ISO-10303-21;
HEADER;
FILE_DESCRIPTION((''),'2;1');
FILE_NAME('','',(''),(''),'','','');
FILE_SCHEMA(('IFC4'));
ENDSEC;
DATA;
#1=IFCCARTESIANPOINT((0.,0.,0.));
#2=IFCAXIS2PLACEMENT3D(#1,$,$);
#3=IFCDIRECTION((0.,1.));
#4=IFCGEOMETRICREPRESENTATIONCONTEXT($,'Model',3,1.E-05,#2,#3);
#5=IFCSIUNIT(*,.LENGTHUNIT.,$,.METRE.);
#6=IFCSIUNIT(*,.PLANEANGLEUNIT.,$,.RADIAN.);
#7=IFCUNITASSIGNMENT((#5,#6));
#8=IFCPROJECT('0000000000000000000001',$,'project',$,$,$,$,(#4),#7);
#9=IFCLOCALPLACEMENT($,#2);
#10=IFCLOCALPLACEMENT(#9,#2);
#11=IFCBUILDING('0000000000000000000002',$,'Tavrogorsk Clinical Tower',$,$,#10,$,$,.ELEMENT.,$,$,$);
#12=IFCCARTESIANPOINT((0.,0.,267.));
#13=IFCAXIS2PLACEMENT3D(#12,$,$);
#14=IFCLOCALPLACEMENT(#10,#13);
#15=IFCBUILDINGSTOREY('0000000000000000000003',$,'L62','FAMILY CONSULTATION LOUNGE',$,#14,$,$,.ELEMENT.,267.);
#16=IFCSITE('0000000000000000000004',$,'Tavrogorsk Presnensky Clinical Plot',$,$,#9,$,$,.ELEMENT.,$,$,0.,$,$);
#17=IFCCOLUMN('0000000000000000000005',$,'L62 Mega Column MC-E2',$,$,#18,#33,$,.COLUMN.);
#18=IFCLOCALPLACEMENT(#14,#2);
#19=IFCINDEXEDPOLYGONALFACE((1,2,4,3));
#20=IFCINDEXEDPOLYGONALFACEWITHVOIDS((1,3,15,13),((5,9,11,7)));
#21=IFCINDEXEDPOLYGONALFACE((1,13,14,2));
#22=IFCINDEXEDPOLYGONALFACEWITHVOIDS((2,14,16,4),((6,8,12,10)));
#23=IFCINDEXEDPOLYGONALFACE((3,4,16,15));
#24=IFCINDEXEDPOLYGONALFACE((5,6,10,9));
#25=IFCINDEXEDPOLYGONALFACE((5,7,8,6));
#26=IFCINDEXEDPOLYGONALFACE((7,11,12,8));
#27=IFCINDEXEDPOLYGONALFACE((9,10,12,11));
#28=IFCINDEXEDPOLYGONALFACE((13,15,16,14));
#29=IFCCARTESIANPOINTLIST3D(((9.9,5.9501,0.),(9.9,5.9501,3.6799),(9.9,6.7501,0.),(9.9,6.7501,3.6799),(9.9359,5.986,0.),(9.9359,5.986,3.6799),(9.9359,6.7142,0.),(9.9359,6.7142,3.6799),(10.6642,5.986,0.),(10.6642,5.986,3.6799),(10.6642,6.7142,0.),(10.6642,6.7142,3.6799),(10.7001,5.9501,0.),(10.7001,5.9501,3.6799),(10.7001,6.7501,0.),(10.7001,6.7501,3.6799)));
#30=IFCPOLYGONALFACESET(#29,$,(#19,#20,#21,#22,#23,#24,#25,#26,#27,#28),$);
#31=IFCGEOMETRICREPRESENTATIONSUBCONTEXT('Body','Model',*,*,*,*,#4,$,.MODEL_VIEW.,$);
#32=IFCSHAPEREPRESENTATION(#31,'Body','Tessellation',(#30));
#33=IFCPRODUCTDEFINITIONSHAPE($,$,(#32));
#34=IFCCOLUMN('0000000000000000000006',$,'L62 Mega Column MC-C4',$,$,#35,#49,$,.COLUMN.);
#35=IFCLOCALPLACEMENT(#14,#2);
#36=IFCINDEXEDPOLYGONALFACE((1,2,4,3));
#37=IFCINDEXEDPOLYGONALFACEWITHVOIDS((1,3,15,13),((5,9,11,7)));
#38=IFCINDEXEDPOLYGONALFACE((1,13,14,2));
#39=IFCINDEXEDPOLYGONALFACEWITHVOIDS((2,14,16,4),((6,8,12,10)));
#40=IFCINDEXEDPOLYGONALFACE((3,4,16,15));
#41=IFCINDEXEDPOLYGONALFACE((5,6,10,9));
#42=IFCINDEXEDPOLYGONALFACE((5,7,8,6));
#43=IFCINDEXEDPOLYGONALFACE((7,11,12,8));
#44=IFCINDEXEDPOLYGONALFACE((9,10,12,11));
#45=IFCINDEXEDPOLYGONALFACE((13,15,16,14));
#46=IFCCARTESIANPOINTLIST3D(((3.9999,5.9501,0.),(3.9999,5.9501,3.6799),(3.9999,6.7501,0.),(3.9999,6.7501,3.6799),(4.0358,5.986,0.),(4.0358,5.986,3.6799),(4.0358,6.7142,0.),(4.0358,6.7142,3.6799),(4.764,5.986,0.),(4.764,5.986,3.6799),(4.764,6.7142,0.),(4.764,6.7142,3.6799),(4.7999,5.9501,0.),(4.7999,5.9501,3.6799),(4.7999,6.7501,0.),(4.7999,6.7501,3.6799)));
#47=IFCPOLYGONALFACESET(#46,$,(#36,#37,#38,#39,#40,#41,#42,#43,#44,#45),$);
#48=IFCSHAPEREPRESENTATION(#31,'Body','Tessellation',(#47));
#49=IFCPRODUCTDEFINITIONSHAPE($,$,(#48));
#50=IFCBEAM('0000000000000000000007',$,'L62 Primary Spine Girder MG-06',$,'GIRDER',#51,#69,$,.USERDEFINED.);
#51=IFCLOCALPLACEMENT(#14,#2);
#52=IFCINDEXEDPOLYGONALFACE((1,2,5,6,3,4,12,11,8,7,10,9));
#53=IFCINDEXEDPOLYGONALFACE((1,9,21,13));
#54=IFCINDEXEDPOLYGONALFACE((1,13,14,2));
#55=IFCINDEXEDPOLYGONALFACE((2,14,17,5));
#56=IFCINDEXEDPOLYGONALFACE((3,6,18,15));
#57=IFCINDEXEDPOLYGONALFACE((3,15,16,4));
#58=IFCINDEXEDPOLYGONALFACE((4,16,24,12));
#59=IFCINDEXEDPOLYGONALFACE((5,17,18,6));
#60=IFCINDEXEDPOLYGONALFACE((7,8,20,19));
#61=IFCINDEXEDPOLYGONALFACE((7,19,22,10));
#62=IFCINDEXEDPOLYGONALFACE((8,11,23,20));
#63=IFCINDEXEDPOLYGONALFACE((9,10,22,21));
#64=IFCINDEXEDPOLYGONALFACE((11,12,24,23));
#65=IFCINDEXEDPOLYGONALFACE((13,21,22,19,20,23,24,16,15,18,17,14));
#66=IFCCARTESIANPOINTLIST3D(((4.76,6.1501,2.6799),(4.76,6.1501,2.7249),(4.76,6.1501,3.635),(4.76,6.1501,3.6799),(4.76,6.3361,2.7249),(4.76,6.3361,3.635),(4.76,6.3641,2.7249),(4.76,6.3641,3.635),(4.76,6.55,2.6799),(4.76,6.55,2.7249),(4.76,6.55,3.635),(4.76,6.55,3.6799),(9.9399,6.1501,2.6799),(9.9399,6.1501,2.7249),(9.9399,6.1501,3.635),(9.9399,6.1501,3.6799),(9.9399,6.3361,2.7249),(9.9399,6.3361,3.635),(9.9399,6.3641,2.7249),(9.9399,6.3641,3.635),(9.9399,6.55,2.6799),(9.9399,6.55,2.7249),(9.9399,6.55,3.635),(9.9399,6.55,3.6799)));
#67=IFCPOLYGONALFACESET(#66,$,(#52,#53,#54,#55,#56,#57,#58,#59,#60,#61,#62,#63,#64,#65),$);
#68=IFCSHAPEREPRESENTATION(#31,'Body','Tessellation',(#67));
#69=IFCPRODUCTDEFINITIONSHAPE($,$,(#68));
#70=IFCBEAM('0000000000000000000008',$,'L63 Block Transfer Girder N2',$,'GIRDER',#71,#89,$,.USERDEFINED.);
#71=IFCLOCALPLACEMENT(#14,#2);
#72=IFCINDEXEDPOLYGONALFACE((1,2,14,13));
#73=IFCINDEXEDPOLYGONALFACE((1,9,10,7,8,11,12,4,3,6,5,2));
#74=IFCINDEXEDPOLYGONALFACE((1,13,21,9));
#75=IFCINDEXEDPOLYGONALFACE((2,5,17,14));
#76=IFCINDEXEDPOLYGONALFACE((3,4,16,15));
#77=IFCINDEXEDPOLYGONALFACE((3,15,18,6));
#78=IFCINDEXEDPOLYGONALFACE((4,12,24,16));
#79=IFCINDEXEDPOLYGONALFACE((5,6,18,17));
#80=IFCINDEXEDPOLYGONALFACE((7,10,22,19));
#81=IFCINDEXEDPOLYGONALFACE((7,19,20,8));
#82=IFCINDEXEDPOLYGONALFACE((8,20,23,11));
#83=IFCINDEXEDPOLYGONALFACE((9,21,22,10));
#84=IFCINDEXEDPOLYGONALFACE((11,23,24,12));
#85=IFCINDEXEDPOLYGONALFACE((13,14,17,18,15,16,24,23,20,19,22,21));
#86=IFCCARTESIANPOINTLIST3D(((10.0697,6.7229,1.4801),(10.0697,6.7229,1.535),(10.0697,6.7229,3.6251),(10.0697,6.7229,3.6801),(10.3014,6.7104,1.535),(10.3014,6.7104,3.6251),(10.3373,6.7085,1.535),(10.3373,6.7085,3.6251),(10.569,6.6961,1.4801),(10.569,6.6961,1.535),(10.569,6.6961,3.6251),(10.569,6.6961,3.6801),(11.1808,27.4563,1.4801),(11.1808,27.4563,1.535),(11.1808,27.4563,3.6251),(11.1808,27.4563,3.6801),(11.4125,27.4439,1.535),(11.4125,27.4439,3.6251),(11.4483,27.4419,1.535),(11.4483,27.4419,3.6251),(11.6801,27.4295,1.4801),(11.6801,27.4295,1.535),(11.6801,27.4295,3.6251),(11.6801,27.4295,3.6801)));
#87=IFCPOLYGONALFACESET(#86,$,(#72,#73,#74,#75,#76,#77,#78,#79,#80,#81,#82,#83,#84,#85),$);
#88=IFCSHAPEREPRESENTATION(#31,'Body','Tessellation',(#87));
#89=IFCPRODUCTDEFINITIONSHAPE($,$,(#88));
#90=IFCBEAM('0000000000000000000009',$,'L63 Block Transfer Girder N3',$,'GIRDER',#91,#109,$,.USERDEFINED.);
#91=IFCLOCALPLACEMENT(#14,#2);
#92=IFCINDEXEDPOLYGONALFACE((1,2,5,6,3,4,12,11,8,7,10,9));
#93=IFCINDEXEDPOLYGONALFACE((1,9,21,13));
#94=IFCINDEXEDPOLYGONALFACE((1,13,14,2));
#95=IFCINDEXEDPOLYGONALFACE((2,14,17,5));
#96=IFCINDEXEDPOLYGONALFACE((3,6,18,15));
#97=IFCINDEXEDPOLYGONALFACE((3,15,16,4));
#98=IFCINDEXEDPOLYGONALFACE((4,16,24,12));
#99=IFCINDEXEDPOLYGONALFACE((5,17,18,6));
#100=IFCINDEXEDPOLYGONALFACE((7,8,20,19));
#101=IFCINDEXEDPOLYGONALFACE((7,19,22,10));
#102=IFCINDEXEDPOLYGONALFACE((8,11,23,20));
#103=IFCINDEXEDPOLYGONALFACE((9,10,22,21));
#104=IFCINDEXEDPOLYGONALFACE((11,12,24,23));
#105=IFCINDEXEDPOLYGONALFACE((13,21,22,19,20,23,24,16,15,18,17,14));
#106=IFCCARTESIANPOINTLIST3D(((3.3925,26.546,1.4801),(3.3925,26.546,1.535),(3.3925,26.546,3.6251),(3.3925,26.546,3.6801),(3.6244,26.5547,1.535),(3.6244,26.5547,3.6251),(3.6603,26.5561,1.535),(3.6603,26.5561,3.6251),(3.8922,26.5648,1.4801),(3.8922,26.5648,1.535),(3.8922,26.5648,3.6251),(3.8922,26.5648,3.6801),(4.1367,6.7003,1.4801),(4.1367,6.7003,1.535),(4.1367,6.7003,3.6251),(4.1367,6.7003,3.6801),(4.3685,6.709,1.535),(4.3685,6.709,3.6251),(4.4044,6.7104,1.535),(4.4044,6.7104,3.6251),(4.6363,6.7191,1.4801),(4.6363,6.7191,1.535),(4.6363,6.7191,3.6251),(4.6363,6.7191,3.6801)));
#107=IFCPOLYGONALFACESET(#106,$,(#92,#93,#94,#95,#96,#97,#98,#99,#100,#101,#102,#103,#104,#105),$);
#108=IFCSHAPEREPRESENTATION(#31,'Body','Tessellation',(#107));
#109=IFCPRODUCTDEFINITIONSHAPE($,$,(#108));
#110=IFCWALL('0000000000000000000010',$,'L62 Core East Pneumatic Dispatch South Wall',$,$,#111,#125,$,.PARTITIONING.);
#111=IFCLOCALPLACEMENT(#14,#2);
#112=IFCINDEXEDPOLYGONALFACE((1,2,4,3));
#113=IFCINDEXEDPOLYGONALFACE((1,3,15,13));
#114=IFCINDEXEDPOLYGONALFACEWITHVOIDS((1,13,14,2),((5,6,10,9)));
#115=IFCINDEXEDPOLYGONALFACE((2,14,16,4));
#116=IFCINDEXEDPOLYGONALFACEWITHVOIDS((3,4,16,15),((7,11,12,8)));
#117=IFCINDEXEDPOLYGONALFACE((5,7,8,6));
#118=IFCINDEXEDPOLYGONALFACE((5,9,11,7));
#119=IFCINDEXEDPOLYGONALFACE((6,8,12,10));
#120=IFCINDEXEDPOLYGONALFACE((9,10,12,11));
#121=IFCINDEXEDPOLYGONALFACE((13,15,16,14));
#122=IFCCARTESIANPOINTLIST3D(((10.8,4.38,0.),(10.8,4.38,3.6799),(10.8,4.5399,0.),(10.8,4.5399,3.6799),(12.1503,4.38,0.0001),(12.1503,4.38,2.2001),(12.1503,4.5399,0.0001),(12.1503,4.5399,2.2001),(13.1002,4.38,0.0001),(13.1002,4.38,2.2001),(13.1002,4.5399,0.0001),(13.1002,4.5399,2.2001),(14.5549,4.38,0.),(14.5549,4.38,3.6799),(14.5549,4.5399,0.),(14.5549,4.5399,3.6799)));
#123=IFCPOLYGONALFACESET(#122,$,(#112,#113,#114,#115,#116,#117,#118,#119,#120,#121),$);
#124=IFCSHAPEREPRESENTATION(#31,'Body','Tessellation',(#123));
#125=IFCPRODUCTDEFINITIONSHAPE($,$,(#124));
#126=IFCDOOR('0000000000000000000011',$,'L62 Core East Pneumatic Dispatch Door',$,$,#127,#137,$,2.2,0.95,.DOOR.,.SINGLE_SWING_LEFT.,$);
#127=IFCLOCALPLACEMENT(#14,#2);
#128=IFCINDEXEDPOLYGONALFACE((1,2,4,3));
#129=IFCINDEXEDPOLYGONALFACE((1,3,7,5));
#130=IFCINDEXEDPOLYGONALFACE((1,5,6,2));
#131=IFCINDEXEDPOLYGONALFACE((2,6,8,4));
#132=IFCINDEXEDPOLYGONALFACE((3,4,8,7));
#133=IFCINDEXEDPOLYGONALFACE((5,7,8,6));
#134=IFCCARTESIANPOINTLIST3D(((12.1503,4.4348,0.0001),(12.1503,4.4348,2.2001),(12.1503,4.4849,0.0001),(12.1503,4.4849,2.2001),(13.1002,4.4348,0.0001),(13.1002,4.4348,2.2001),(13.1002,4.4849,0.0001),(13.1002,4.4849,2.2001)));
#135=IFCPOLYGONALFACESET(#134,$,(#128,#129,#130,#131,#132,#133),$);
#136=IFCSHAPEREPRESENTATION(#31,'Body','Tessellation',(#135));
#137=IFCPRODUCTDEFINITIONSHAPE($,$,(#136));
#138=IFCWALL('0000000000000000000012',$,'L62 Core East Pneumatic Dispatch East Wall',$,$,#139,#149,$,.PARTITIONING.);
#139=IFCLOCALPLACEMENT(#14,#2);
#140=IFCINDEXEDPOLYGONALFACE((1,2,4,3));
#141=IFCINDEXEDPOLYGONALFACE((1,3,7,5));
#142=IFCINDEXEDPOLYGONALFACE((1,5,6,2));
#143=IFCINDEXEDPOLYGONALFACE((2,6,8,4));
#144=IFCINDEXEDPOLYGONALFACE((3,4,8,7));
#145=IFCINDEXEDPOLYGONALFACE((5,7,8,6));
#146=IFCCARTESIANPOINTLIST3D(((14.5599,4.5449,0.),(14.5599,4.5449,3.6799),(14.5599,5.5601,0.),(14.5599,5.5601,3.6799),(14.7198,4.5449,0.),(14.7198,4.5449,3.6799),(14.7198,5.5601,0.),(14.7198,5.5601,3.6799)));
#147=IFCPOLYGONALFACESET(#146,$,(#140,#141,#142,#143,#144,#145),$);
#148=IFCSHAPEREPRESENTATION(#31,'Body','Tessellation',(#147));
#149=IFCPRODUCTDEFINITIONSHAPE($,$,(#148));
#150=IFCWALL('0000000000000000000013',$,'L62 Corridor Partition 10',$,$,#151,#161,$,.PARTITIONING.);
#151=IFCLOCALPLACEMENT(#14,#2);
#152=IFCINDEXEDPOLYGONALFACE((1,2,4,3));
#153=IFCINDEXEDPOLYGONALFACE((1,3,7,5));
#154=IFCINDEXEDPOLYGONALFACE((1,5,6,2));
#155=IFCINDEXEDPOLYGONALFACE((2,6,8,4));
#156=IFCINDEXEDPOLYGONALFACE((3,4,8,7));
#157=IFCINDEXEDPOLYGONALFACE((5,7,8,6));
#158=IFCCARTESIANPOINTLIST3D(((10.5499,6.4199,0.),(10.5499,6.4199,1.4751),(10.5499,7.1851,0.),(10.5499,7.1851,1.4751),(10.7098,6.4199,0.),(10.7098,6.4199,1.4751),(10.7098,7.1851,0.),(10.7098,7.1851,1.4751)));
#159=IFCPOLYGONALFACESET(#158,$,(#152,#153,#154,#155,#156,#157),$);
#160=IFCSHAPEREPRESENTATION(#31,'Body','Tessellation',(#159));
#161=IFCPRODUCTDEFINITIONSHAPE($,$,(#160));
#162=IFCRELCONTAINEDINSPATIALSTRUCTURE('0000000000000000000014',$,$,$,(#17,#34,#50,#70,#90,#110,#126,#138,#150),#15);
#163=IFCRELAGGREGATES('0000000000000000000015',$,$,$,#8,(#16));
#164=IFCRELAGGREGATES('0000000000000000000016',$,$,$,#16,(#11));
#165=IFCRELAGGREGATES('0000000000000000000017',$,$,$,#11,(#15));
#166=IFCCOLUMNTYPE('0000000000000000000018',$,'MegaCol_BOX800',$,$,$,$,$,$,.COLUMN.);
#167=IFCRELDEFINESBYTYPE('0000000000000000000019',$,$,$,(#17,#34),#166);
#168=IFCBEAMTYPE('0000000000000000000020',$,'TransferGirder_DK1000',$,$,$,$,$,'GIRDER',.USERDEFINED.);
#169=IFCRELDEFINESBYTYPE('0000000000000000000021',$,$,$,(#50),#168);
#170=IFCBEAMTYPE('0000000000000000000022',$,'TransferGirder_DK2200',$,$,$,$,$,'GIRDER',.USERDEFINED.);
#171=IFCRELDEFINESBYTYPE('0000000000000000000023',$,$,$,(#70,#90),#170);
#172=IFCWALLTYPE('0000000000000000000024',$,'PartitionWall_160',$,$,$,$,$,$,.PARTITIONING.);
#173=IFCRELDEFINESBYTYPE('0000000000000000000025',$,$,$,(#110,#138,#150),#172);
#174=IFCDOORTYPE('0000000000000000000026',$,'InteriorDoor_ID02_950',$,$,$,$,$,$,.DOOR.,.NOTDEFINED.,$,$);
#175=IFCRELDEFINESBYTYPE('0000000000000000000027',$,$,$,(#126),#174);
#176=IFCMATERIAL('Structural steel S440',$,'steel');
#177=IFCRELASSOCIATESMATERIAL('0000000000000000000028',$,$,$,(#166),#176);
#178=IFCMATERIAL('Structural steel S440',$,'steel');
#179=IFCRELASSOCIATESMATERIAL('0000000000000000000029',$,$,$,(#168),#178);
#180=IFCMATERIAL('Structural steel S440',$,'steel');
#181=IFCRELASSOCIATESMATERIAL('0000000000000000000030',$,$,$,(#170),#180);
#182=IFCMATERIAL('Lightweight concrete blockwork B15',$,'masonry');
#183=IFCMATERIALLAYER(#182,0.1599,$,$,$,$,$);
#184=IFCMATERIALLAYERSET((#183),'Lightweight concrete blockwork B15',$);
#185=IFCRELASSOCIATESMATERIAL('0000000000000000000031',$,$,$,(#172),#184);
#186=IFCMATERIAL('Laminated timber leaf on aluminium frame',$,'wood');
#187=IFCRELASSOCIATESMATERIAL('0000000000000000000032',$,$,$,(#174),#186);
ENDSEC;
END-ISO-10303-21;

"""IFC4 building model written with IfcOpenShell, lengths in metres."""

from ifc_helpers import new_model, si_unit, direction, frame, frame_2d, origin, origin_2d, place, context, subcontext, project, spatial, rectangle, hollow_rectangle, i_section, extrude, material, layer, layer_set, material_profile, profile_set, type_object, element, fill, save


model = new_model("IFC4")

# Units and contexts
model_context = context("Model", 3, precision=1e-05, world=origin(), true_north=direction((0.0, 1.0)))
body_context = subcontext(model_context, "Body", "Model", "MODEL_VIEW")
ifc_project = project(units=[si_unit("LENGTHUNIT", "METRE"), si_unit("PLANEANGLEUNIT", "RADIAN")], contexts=[model_context])

# Site, building, storey
site_placement = place(None, origin())
site = spatial("IfcSite", under=ifc_project, at=site_placement, Name="Tavrogorsk Presnensky Clinical Plot", CompositionType="ELEMENT", RefElevation=0.0)
building_placement = place(site_placement, origin())
building = spatial("IfcBuilding", under=site, at=building_placement, Name="Tavrogorsk Clinical Tower", CompositionType="ELEMENT")
storey_placement = place(building_placement, frame((0.0, 0.0, 267.0)))
storey = spatial("IfcBuildingStorey", under=building, at=storey_placement, Name="L62", Description="FAMILY CONSULTATION LOUNGE", CompositionType="ELEMENT", Elevation=267.0)

# Columns
ifc_material_1 = material(Name="Structural steel S440", Category="steel")
ifc_material_profile_1 = material_profile(ifc_material_1, hollow_rectangle(XDim=0.8, YDim=0.8, WallThickness=0.0359, at=origin_2d()), Name="BOX-800x800x36")
ifc_profile_set_1 = profile_set([ifc_material_profile_1], Name="Structural steel S440")
column_type = type_object("IfcColumnType", Name="MegaCol_BOX800", PredefinedType="COLUMN", material=ifc_profile_set_1)
for number, where, z_axis, x_axis, name in (
    (1, (10.3, 6.3501, 0.0), (0.0, 0.0, 1.0), (1.0, 0.0, 0.0), "L62 Mega Column MC-E2"),
    (2, (4.3999, 6.3501, 0.0), (0.0, 0.0, 1.0), (1.0, 0.0, 0.0), "L62 Mega Column MC-C4"),
):
    element("IfcColumn", number, at=place(storey_placement, frame(where, z_axis=z_axis, x_axis=x_axis)), inside=storey, type_object=column_type, Name=name, PredefinedType="COLUMN", context=body_context, shape_type="SweptSolid", body=[
        extrude(hollow_rectangle(XDim=0.8, YDim=0.8, WallThickness=0.0359, at=origin_2d()), origin(), (0.0, 0.0, 1.0), 3.6799),
    ])

# Beams
ifc_material_2 = material(Name="Structural steel S440", Category="steel")
ifc_material_profile_2 = material_profile(ifc_material_2, i_section(OverallWidth=0.3999, OverallDepth=1.0, WebThickness=0.0281, FlangeThickness=0.0449, at=origin_2d()), Name="DK-1000x400x28x45")
ifc_profile_set_2 = profile_set([ifc_material_profile_2], Name="Structural steel S440")
beam_type_1 = type_object("IfcBeamType", Name="TransferGirder_DK1000", ElementType="GIRDER", PredefinedType="USERDEFINED", material=ifc_profile_set_2)
beam_1_placement = place(storey_placement, frame((4.76, 6.3501, 3.1799), z_axis=(1.0, 0.0, 0.0), x_axis=(0.0, 1.0, 0.0)))
element("IfcBeam", 3, at=beam_1_placement, inside=storey, type_object=beam_type_1, Name="L62 Primary Spine Girder MG-06", ObjectType="GIRDER", PredefinedType="USERDEFINED", context=body_context, shape_type="SweptSolid", body=[
    extrude(i_section(OverallWidth=0.3999, OverallDepth=1.0, WebThickness=0.0281, FlangeThickness=0.0449, at=origin_2d()), origin(), (0.0, 0.0, 1.0), 5.1799),
])
ifc_material_3 = material(Name="Structural steel S440", Category="steel")
ifc_material_profile_3 = material_profile(ifc_material_3, i_section(OverallWidth=0.5, OverallDepth=2.2, WebThickness=0.0359, FlangeThickness=0.0549, at=origin_2d()), Name="DK-2200x500x36x55")
ifc_profile_set_3 = profile_set([ifc_material_profile_3], Name="Structural steel S440")
beam_type_2 = type_object("IfcBeamType", Name="TransferGirder_DK2200", ElementType="GIRDER", PredefinedType="USERDEFINED", material=ifc_profile_set_3)
beam_2_placement = place(storey_placement, frame((10.3193, 6.7095, 2.5801), z_axis=(0.053512, 0.998567, 0.0), x_axis=(-0.998567, 0.053512, 0.0)))
element("IfcBeam", 4, at=beam_2_placement, inside=storey, type_object=beam_type_2, Name="L63 Block Transfer Girder N2", ObjectType="GIRDER", PredefinedType="USERDEFINED", context=body_context, shape_type="SweptSolid", body=[
    extrude(i_section(OverallWidth=0.5, OverallDepth=2.2, WebThickness=0.0359, FlangeThickness=0.0549, at=origin_2d()), origin(), (0.0, 0.0, 1.0), 20.7632),
])
beam_3_placement = place(storey_placement, frame((4.3865, 6.7097, 2.5801), z_axis=(-0.03747, 0.999298, 0.0), x_axis=(-0.999298, -0.03747, 0.0)))
element("IfcBeam", 5, at=beam_3_placement, inside=storey, type_object=beam_type_2, Name="L63 Block Transfer Girder N3", ObjectType="GIRDER", PredefinedType="USERDEFINED", context=body_context, shape_type="SweptSolid", body=[
    extrude(i_section(OverallWidth=0.5, OverallDepth=2.2, WebThickness=0.0359, FlangeThickness=0.0549, at=origin_2d()), origin(), (0.0, 0.0, 1.0), 19.8596),
])

# Wall, opening, door
ifc_material_4 = material(Name="Lightweight concrete blockwork B15", Category="masonry")
ifc_layer_1 = layer(ifc_material_4, 0.1599)
ifc_layer_set_1 = layer_set([ifc_layer_1], Name="Lightweight concrete blockwork B15")
wall_type_1 = type_object("IfcWallType", Name="PartitionWall_160", PredefinedType="PARTITIONING", material=ifc_layer_set_1)
wall_1_placement = place(storey_placement, frame((10.8, 4.46, 0.0), z_axis=(0.0, 0.0, 1.0), x_axis=(1.0, 0.0, 0.0)))
wall_1 = element("IfcWall", 6, at=wall_1_placement, inside=storey, type_object=wall_type_1, Name="L62 Core East Pneumatic Dispatch South Wall", PredefinedType="PARTITIONING", context=body_context, shape_type="SweptSolid", body=[
    extrude(rectangle(XDim=3.7549, YDim=0.1599, at=frame_2d((1.8774, 0.0))), origin(), (0.0, 0.0, 1.0), 3.6799),
])
opening_1_placement = place(wall_1_placement, frame((1.3501, 0.0, 0.0)))
opening_1 = element("IfcOpeningElement", 7, at=opening_1_placement, cuts=wall_1, PredefinedType="OPENING", context=body_context, shape_type="SweptSolid", body=[
    extrude(rectangle(XDim=0.95, YDim=2.2, at=frame_2d((0.4751, 1.1001))), frame((0.0, 0.0898, 0.0), z_axis=(0.0, -1.0, 0.0), x_axis=(1.0, 0.0, 0.0)), (0.0, 0.0, 1.0), 0.1799),
])
ifc_material_5 = material(Name="Laminated timber leaf on aluminium frame", Category="wood")
door_type_1 = type_object("IfcDoorType", Name="InteriorDoor_ID02_950", OperationType="NOTDEFINED", PredefinedType="DOOR", material=ifc_material_5)
door_1_placement = place(opening_1_placement, origin())
door_1 = element("IfcDoor", 8, at=door_1_placement, inside=storey, type_object=door_type_1, Name="L62 Core East Pneumatic Dispatch Door", OperationType="SINGLE_SWING_LEFT", OverallHeight=2.2, OverallWidth=0.95, PredefinedType="DOOR", context=body_context, shape_type="SweptSolid", body=[
    extrude(rectangle(XDim=0.95, YDim=2.2, at=frame_2d((0.4751, 1.1001))), frame((0.0, 0.0249, 0.0), z_axis=(0.0, -1.0, 0.0), x_axis=(1.0, 0.0, 0.0)), (0.0, 0.0, 1.0), 0.05),
])
fill(opening_1, door_1)

# Walls
wall_2_placement = place(storey_placement, frame((14.6399, 4.5449, 0.0), z_axis=(0.0, 0.0, 1.0), x_axis=(0.0, 1.0, 0.0)))
element("IfcWall", 9, at=wall_2_placement, inside=storey, type_object=wall_type_1, Name="L62 Core East Pneumatic Dispatch East Wall", PredefinedType="PARTITIONING", context=body_context, shape_type="SweptSolid", body=[
    extrude(rectangle(XDim=1.0151, YDim=0.1599, at=frame_2d((0.5076, 0.0))), origin(), (0.0, 0.0, 1.0), 3.6799),
])
wall_3_placement = place(storey_placement, frame((10.6299, 7.1851, 0.0), z_axis=(0.0, 0.0, 1.0), x_axis=(0.0, -1.0, 0.0)))
element("IfcWall", 10, at=wall_3_placement, inside=storey, type_object=wall_type_1, Name="L62 Corridor Partition 10", PredefinedType="PARTITIONING", context=body_context, shape_type="SweptSolid", body=[
    extrude(rectangle(XDim=0.7651, YDim=0.1599, at=frame_2d((0.3826, 0.0))), origin(), (0.0, 0.0, 1.0), 1.4751),
])

save(model, "model.ifc")
